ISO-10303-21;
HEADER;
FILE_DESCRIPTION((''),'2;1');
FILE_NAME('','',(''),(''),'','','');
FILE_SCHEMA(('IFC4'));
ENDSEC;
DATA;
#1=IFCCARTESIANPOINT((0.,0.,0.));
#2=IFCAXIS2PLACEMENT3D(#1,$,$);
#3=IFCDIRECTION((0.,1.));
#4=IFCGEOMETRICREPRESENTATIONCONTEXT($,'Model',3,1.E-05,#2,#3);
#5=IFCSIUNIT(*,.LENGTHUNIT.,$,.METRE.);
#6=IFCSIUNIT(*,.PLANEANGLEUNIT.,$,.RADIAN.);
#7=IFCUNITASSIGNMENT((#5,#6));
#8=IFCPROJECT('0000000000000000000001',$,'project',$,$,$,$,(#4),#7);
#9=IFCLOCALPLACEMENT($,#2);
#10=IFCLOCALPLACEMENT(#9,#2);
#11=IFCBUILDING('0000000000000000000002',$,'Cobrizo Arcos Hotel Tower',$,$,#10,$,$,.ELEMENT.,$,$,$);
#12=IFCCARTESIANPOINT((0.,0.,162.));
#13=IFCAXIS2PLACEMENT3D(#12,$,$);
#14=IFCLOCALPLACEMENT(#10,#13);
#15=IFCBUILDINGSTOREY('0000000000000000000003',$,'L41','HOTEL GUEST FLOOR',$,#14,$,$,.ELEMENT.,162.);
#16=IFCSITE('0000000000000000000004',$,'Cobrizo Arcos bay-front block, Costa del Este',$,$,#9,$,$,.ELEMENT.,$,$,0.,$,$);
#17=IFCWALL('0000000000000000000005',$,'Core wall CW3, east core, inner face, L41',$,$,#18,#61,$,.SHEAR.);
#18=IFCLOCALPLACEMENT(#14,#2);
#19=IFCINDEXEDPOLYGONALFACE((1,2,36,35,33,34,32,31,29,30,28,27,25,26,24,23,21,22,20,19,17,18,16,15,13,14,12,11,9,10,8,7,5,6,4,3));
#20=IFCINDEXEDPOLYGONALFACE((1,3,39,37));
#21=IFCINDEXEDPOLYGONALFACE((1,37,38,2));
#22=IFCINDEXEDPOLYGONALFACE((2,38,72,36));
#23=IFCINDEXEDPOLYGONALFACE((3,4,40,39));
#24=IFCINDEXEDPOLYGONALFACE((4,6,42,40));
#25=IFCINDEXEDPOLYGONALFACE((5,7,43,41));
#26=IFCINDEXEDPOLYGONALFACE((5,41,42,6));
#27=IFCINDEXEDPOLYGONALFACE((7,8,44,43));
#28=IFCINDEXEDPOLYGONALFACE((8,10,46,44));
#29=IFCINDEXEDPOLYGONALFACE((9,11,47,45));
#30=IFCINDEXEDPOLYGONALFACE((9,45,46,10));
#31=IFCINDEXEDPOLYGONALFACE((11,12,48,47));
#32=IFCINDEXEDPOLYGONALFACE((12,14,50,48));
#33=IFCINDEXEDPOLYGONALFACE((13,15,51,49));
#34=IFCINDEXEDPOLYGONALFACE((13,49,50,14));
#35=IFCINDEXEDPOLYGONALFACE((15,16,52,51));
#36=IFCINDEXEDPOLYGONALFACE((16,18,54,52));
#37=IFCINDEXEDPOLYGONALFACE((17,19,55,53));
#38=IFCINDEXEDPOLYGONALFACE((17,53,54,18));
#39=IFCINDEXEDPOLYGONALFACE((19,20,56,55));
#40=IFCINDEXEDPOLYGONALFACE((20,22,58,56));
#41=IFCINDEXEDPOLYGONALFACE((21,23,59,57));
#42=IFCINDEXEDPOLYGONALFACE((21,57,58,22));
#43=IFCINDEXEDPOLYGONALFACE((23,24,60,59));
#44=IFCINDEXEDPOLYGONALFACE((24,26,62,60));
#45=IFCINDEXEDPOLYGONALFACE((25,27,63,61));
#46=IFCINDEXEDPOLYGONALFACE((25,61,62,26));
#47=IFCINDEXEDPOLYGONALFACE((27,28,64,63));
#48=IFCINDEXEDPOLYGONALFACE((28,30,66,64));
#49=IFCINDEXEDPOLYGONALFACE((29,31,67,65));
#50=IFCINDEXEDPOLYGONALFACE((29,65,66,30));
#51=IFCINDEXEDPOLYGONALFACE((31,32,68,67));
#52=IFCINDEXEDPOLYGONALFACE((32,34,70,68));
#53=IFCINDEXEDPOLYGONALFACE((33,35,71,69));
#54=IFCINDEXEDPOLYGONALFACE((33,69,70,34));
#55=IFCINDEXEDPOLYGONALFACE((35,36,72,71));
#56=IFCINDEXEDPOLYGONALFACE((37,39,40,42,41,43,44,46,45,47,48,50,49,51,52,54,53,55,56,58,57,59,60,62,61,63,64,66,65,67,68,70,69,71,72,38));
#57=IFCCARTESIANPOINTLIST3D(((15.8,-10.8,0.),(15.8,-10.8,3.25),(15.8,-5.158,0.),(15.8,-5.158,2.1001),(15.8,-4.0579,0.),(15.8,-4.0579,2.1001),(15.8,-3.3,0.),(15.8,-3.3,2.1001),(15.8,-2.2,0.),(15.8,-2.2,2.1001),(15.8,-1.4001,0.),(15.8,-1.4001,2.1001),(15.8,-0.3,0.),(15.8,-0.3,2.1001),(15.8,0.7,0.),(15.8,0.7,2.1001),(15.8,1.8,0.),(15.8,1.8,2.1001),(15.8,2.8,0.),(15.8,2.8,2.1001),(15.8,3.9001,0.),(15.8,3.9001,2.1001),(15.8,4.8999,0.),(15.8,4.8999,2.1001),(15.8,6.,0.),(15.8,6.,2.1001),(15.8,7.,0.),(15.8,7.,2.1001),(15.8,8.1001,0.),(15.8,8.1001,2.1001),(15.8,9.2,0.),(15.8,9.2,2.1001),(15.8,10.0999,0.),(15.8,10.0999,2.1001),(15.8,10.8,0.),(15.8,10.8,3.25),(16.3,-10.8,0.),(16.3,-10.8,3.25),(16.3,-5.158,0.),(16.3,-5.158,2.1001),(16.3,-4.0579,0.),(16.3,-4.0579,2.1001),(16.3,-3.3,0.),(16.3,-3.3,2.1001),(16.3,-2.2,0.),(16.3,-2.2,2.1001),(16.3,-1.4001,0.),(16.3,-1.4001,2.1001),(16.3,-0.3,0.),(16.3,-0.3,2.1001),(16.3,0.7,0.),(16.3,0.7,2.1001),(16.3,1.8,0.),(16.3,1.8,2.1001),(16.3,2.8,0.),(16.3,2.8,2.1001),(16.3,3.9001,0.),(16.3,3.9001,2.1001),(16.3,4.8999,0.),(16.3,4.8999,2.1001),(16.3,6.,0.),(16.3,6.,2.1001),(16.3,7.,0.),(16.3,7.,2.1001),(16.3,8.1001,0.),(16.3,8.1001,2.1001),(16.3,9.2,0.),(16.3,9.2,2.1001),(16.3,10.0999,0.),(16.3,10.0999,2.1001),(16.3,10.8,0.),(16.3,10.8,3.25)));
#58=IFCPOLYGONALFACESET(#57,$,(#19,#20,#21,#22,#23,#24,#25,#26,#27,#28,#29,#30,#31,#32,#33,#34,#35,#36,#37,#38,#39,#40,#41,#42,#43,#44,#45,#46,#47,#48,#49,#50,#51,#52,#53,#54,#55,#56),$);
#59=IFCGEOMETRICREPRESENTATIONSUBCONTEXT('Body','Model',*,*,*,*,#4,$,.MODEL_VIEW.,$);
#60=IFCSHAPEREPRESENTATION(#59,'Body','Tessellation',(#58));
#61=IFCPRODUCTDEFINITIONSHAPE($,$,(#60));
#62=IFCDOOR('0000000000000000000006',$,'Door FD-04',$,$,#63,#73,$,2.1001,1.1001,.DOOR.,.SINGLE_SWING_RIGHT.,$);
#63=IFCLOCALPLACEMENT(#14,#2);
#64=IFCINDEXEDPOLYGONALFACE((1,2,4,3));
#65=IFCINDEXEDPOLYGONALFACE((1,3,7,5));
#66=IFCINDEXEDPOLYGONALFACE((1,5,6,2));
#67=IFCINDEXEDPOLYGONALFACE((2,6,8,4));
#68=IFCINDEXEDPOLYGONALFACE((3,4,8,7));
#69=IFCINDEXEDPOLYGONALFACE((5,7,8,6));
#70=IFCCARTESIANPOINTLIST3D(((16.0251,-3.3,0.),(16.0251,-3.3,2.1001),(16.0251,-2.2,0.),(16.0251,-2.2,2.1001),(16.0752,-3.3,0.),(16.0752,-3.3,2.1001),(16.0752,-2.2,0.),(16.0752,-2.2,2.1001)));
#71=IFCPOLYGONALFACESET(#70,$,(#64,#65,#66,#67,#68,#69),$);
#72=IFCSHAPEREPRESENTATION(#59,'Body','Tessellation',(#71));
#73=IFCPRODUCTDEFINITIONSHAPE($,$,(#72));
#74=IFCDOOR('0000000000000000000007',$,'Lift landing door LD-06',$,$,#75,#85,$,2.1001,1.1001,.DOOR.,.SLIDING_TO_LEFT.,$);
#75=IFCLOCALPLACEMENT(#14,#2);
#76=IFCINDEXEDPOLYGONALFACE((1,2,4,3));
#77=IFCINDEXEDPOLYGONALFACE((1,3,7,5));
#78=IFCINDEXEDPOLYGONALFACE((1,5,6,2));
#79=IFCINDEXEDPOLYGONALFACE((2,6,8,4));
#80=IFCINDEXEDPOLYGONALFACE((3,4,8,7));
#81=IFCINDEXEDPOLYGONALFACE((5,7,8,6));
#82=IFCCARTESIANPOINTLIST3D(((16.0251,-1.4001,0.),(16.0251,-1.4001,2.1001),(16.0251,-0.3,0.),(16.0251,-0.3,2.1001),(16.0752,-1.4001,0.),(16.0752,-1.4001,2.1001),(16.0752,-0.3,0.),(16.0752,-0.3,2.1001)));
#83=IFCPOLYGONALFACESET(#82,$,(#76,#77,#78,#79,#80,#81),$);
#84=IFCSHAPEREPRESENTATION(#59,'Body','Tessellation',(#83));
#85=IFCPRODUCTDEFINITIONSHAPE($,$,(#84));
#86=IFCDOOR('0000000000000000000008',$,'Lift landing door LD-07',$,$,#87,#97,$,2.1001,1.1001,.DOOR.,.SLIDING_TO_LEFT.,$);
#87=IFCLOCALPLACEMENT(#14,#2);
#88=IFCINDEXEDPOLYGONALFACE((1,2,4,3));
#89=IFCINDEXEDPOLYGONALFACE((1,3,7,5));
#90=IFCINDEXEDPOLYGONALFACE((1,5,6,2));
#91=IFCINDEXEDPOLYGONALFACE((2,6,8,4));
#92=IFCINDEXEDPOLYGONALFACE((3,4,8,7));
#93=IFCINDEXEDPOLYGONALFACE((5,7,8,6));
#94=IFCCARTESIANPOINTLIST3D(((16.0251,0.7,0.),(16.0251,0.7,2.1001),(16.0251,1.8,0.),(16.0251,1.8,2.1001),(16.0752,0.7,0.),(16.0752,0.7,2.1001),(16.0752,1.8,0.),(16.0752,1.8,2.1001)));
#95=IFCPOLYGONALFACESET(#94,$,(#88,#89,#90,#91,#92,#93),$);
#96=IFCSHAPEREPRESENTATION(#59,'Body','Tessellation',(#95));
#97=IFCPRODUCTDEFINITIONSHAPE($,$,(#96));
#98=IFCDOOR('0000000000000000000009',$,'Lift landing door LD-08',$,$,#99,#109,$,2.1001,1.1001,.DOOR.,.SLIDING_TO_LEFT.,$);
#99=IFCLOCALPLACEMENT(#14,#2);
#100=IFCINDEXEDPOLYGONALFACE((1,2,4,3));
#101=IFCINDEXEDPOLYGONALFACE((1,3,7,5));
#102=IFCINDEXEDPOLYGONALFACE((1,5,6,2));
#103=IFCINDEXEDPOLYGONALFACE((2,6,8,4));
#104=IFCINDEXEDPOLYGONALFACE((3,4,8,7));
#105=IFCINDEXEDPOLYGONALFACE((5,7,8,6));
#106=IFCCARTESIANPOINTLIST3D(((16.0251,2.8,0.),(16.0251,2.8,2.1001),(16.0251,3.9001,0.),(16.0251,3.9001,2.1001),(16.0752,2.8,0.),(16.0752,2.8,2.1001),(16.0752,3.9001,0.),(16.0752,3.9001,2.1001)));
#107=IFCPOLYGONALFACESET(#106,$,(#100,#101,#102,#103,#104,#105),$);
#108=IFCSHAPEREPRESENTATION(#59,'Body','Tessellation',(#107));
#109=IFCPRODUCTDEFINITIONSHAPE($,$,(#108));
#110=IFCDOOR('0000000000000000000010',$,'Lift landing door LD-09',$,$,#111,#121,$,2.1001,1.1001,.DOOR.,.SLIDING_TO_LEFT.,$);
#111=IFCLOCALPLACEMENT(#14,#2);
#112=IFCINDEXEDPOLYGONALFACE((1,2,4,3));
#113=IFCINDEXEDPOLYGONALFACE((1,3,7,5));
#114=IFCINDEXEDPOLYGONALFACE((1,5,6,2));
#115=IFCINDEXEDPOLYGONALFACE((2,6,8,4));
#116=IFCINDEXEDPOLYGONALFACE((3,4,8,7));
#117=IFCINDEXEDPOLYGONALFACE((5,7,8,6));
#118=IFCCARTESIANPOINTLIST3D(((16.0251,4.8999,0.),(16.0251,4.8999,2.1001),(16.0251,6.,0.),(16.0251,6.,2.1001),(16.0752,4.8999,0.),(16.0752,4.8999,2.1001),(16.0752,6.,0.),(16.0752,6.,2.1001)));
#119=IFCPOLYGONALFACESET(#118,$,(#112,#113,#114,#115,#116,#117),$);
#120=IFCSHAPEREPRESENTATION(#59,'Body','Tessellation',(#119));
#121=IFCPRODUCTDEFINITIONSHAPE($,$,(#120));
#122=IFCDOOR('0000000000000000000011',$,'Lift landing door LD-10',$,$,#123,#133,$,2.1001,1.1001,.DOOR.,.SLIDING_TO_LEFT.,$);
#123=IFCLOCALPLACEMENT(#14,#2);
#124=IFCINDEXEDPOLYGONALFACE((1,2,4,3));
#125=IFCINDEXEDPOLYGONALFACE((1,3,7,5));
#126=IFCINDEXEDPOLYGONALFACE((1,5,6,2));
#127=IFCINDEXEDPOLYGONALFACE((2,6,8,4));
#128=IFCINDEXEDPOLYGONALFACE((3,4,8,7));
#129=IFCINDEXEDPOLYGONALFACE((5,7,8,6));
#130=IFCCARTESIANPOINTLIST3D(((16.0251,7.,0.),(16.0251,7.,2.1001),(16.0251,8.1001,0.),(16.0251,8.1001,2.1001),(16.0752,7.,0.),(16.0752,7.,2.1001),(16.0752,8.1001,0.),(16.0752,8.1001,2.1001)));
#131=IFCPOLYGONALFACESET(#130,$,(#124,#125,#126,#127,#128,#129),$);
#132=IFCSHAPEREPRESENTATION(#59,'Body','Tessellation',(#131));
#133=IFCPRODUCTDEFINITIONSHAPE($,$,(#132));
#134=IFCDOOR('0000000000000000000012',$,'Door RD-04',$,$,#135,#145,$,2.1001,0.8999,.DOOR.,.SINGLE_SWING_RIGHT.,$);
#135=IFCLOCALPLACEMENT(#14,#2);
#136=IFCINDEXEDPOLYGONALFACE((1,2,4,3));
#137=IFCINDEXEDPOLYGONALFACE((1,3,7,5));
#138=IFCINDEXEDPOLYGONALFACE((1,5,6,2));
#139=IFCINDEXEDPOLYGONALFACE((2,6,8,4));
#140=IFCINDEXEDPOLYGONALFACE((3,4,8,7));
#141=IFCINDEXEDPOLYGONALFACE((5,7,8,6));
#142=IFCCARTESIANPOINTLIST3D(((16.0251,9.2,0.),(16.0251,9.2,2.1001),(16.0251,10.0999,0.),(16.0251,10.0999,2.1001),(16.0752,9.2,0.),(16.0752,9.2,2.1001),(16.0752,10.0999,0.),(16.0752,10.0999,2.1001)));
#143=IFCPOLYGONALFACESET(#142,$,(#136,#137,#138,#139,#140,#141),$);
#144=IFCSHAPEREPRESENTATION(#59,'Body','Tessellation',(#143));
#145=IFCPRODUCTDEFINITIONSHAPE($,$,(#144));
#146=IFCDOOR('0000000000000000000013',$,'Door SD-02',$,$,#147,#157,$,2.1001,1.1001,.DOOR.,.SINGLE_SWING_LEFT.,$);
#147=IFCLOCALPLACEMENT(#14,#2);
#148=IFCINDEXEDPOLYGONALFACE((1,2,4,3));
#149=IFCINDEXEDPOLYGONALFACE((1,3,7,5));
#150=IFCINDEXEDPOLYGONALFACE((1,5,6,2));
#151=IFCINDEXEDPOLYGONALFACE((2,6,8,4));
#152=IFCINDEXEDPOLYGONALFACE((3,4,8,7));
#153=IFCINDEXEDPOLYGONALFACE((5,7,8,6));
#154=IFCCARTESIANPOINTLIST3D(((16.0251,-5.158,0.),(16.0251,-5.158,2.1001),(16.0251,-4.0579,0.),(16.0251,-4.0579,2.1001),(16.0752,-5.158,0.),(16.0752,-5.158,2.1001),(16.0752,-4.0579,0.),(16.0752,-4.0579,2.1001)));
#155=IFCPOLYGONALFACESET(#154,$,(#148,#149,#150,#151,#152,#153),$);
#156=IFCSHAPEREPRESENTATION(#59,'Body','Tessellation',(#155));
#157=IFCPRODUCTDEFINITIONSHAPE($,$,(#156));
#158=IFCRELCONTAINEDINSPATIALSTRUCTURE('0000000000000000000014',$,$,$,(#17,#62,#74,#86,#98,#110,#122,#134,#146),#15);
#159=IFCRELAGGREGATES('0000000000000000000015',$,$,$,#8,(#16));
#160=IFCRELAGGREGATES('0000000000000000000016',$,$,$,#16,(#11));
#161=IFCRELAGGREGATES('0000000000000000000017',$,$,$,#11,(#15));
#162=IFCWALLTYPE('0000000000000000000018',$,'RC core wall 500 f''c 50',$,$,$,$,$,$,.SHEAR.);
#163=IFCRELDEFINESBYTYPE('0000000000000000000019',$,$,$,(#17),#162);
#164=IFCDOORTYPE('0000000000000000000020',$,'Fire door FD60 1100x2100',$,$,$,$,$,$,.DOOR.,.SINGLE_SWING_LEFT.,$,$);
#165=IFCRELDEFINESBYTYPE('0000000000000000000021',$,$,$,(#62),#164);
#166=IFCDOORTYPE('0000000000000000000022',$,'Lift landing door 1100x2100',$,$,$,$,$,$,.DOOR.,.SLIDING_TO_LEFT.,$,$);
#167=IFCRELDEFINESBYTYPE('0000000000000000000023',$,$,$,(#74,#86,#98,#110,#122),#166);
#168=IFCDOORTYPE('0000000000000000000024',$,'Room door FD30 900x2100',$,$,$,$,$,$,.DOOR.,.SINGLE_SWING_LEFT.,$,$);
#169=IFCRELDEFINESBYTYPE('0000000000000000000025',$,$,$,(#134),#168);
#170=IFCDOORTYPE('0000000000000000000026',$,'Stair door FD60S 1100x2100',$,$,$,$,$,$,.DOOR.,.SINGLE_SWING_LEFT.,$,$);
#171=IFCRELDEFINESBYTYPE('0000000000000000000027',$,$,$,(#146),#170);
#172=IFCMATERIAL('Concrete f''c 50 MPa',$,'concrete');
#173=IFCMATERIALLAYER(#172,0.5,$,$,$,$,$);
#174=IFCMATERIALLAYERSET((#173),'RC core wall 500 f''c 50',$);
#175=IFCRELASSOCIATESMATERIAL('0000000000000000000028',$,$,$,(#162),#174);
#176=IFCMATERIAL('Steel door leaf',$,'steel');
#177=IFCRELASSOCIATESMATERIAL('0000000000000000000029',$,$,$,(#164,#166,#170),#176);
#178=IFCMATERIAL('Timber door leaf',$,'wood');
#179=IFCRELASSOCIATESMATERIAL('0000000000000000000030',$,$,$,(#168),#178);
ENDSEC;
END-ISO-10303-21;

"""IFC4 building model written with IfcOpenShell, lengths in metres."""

from ifc_helpers import new_model, si_unit, direction, frame, frame_2d, origin, place, context, subcontext, project, spatial, rectangle, extrude, material, layer, layer_set, type_object, element, fill, save


model = new_model("IFC4")

# Units and contexts
model_context = context("Model", 3, precision=1e-05, world=origin(), true_north=direction((0.0, 1.0)))
body_context = subcontext(model_context, "Body", "Model", "MODEL_VIEW")
ifc_project = project(units=[si_unit("LENGTHUNIT", "METRE"), si_unit("PLANEANGLEUNIT", "RADIAN")], contexts=[model_context])

# Site, building, storey
site_placement = place(None, origin())
site = spatial("IfcSite", under=ifc_project, at=site_placement, Name="Cobrizo Arcos bay-front block, Costa del Este", CompositionType="ELEMENT", RefElevation=0.0)
building_placement = place(site_placement, origin())
building = spatial("IfcBuilding", under=site, at=building_placement, Name="Cobrizo Arcos Hotel Tower", CompositionType="ELEMENT")
storey_placement = place(building_placement, frame((0.0, 0.0, 162.0)))
storey = spatial("IfcBuildingStorey", under=building, at=storey_placement, Name="L41", Description="HOTEL GUEST FLOOR", CompositionType="ELEMENT", Elevation=162.0)

# Wall, openings, doors
ifc_material_1 = material(Name="Concrete f'c 50 MPa", Category="concrete")
ifc_layer_1 = layer(ifc_material_1, 0.5)
ifc_layer_set_1 = layer_set([ifc_layer_1], Name="RC core wall 500 f'c 50")
wall_type_1 = type_object("IfcWallType", Name="RC core wall 500 f'c 50", PredefinedType="SHEAR", material=ifc_layer_set_1)
wall_1_placement = place(storey_placement, frame((16.05, -10.8, 0.0), z_axis=(0.0, 0.0, 1.0), x_axis=(0.0, 1.0, 0.0)))
wall_1 = element("IfcWall", 1, at=wall_1_placement, inside=storey, type_object=wall_type_1, Name="Core wall CW3, east core, inner face, L41", PredefinedType="SHEAR", context=body_context, shape_type="SweptSolid", body=[
    extrude(rectangle(XDim=21.6001, YDim=0.5, at=frame_2d((10.8, 0.0))), origin(), (0.0, 0.0, 1.0), 3.25),
])
opening_1_placement = place(wall_1_placement, frame((9.3999, 0.0, 0.0)))
opening_1 = element("IfcOpeningElement", 2, at=opening_1_placement, cuts=wall_1, PredefinedType="OPENING", context=body_context, shape_type="SweptSolid", body=[
    extrude(rectangle(XDim=1.1001, YDim=2.1001, at=frame_2d((0.55, 1.05))), frame((0.0, 0.262, 0.0), z_axis=(0.0, -1.0, 0.0), x_axis=(1.0, 0.0, 0.0)), (0.0, 0.0, 1.0), 0.5239),
])
opening_2_placement = place(wall_1_placement, frame((11.5, 0.0, 0.0)))
opening_2 = element("IfcOpeningElement", 3, at=opening_2_placement, cuts=wall_1, PredefinedType="OPENING", context=body_context, shape_type="SweptSolid", body=[
    extrude(rectangle(XDim=1.1001, YDim=2.1001, at=frame_2d((0.55, 1.05))), frame((0.0, 0.262, 0.0), z_axis=(0.0, -1.0, 0.0), x_axis=(1.0, 0.0, 0.0)), (0.0, 0.0, 1.0), 0.5239),
])
opening_3_placement = place(wall_1_placement, frame((13.6001, 0.0, 0.0)))
opening_3 = element("IfcOpeningElement", 4, at=opening_3_placement, cuts=wall_1, PredefinedType="OPENING", context=body_context, shape_type="SweptSolid", body=[
    extrude(rectangle(XDim=1.1001, YDim=2.1001, at=frame_2d((0.55, 1.05))), frame((0.0, 0.262, 0.0), z_axis=(0.0, -1.0, 0.0), x_axis=(1.0, 0.0, 0.0)), (0.0, 0.0, 1.0), 0.5239),
])
opening_4_placement = place(wall_1_placement, frame((15.7, 0.0, 0.0)))
opening_4 = element("IfcOpeningElement", 5, at=opening_4_placement, cuts=wall_1, PredefinedType="OPENING", context=body_context, shape_type="SweptSolid", body=[
    extrude(rectangle(XDim=1.1001, YDim=2.1001, at=frame_2d((0.55, 1.05))), frame((0.0, 0.262, 0.0), z_axis=(0.0, -1.0, 0.0), x_axis=(1.0, 0.0, 0.0)), (0.0, 0.0, 1.0), 0.5239),
])
opening_5_placement = place(wall_1_placement, frame((17.8, 0.0, 0.0)))
opening_5 = element("IfcOpeningElement", 6, at=opening_5_placement, cuts=wall_1, PredefinedType="OPENING", context=body_context, shape_type="SweptSolid", body=[
    extrude(rectangle(XDim=1.1001, YDim=2.1001, at=frame_2d((0.55, 1.05))), frame((0.0, 0.262, 0.0), z_axis=(0.0, -1.0, 0.0), x_axis=(1.0, 0.0, 0.0)), (0.0, 0.0, 1.0), 0.5239),
])
opening_6_placement = place(wall_1_placement, frame((5.6421, 0.0, 0.0)))
opening_6 = element("IfcOpeningElement", 7, at=opening_6_placement, cuts=wall_1, PredefinedType="OPENING", context=body_context, shape_type="SweptSolid", body=[
    extrude(rectangle(XDim=1.1001, YDim=2.1001, at=frame_2d((0.55, 1.05))), frame((0.0, 0.262, 0.0), z_axis=(0.0, -1.0, 0.0), x_axis=(1.0, 0.0, 0.0)), (0.0, 0.0, 1.0), 0.5239),
])
opening_7_placement = place(wall_1_placement, frame((7.5, 0.0, 0.0)))
opening_7 = element("IfcOpeningElement", 8, at=opening_7_placement, cuts=wall_1, PredefinedType="OPENING", context=body_context, shape_type="SweptSolid", body=[
    extrude(rectangle(XDim=1.1001, YDim=2.1001, at=frame_2d((0.55, 1.05))), frame((0.0, 0.262, 0.0), z_axis=(0.0, -1.0, 0.0), x_axis=(1.0, 0.0, 0.0)), (0.0, 0.0, 1.0), 0.5239),
])
opening_8_placement = place(wall_1_placement, frame((20.0, 0.0, 0.0)))
opening_8 = element("IfcOpeningElement", 9, at=opening_8_placement, cuts=wall_1, PredefinedType="OPENING", context=body_context, shape_type="SweptSolid", body=[
    extrude(rectangle(XDim=0.8999, YDim=2.1001, at=frame_2d((0.45, 1.05))), frame((0.0, 0.262, 0.0), z_axis=(0.0, -1.0, 0.0), x_axis=(1.0, 0.0, 0.0)), (0.0, 0.0, 1.0), 0.5239),
])
ifc_material_2 = material(Name="Steel door leaf", Category="steel")
door_type_1 = type_object("IfcDoorType", Name="Fire door FD60 1100x2100", OperationType="SINGLE_SWING_LEFT", PredefinedType="DOOR", material=ifc_material_2)
door_1_placement = place(opening_7_placement, origin())
door_1 = element("IfcDoor", 10, at=door_1_placement, inside=storey, type_object=door_type_1, Name="Door FD-04", OperationType="SINGLE_SWING_RIGHT", OverallHeight=2.1001, OverallWidth=1.1001, PredefinedType="DOOR", context=body_context, shape_type="SweptSolid", body=[
    extrude(rectangle(XDim=1.1001, YDim=2.1001, at=frame_2d((0.55, 1.05))), frame((0.0, 0.0249, 0.0), z_axis=(0.0, -1.0, 0.0), x_axis=(1.0, 0.0, 0.0)), (0.0, 0.0, 1.0), 0.05),
])
fill(opening_7, door_1)
door_type_2 = type_object("IfcDoorType", Name="Lift landing door 1100x2100", OperationType="SLIDING_TO_LEFT", PredefinedType="DOOR", material=ifc_material_2)
door_2_placement = place(opening_1_placement, origin())
door_2 = element("IfcDoor", 11, at=door_2_placement, inside=storey, type_object=door_type_2, Name="Lift landing door LD-06", OperationType="SLIDING_TO_LEFT", OverallHeight=2.1001, OverallWidth=1.1001, PredefinedType="DOOR", context=body_context, shape_type="SweptSolid", body=[
    extrude(rectangle(XDim=1.1001, YDim=2.1001, at=frame_2d((0.55, 1.05))), frame((0.0, 0.0249, 0.0), z_axis=(0.0, -1.0, 0.0), x_axis=(1.0, 0.0, 0.0)), (0.0, 0.0, 1.0), 0.05),
])
fill(opening_1, door_2)
door_3_placement = place(opening_2_placement, origin())
door_3 = element("IfcDoor", 12, at=door_3_placement, inside=storey, type_object=door_type_2, Name="Lift landing door LD-07", OperationType="SLIDING_TO_LEFT", OverallHeight=2.1001, OverallWidth=1.1001, PredefinedType="DOOR", context=body_context, shape_type="SweptSolid", body=[
    extrude(rectangle(XDim=1.1001, YDim=2.1001, at=frame_2d((0.55, 1.05))), frame((0.0, 0.0249, 0.0), z_axis=(0.0, -1.0, 0.0), x_axis=(1.0, 0.0, 0.0)), (0.0, 0.0, 1.0), 0.05),
])
fill(opening_2, door_3)
door_4_placement = place(opening_3_placement, origin())
door_4 = element("IfcDoor", 13, at=door_4_placement, inside=storey, type_object=door_type_2, Name="Lift landing door LD-08", OperationType="SLIDING_TO_LEFT", OverallHeight=2.1001, OverallWidth=1.1001, PredefinedType="DOOR", context=body_context, shape_type="SweptSolid", body=[
    extrude(rectangle(XDim=1.1001, YDim=2.1001, at=frame_2d((0.55, 1.05))), frame((0.0, 0.0249, 0.0), z_axis=(0.0, -1.0, 0.0), x_axis=(1.0, 0.0, 0.0)), (0.0, 0.0, 1.0), 0.05),
])
fill(opening_3, door_4)
door_5_placement = place(opening_4_placement, origin())
door_5 = element("IfcDoor", 14, at=door_5_placement, inside=storey, type_object=door_type_2, Name="Lift landing door LD-09", OperationType="SLIDING_TO_LEFT", OverallHeight=2.1001, OverallWidth=1.1001, PredefinedType="DOOR", context=body_context, shape_type="SweptSolid", body=[
    extrude(rectangle(XDim=1.1001, YDim=2.1001, at=frame_2d((0.55, 1.05))), frame((0.0, 0.0249, 0.0), z_axis=(0.0, -1.0, 0.0), x_axis=(1.0, 0.0, 0.0)), (0.0, 0.0, 1.0), 0.05),
])
fill(opening_4, door_5)
door_6_placement = place(opening_5_placement, origin())
door_6 = element("IfcDoor", 15, at=door_6_placement, inside=storey, type_object=door_type_2, Name="Lift landing door LD-10", OperationType="SLIDING_TO_LEFT", OverallHeight=2.1001, OverallWidth=1.1001, PredefinedType="DOOR", context=body_context, shape_type="SweptSolid", body=[
    extrude(rectangle(XDim=1.1001, YDim=2.1001, at=frame_2d((0.55, 1.05))), frame((0.0, 0.0249, 0.0), z_axis=(0.0, -1.0, 0.0), x_axis=(1.0, 0.0, 0.0)), (0.0, 0.0, 1.0), 0.05),
])
fill(opening_5, door_6)
ifc_material_3 = material(Name="Timber door leaf", Category="wood")
door_type_3 = type_object("IfcDoorType", Name="Room door FD30 900x2100", OperationType="SINGLE_SWING_LEFT", PredefinedType="DOOR", material=ifc_material_3)
door_7_placement = place(opening_8_placement, origin())
door_7 = element("IfcDoor", 16, at=door_7_placement, inside=storey, type_object=door_type_3, Name="Door RD-04", OperationType="SINGLE_SWING_RIGHT", OverallHeight=2.1001, OverallWidth=0.8999, PredefinedType="DOOR", context=body_context, shape_type="SweptSolid", body=[
    extrude(rectangle(XDim=0.8999, YDim=2.1001, at=frame_2d((0.45, 1.05))), frame((0.0, 0.0249, 0.0), z_axis=(0.0, -1.0, 0.0), x_axis=(1.0, 0.0, 0.0)), (0.0, 0.0, 1.0), 0.05),
])
fill(opening_8, door_7)
door_type_4 = type_object("IfcDoorType", Name="Stair door FD60S 1100x2100", OperationType="SINGLE_SWING_LEFT", PredefinedType="DOOR", material=ifc_material_2)
door_8_placement = place(opening_6_placement, origin())
door_8 = element("IfcDoor", 17, at=door_8_placement, inside=storey, type_object=door_type_4, Name="Door SD-02", OperationType="SINGLE_SWING_LEFT", OverallHeight=2.1001, OverallWidth=1.1001, PredefinedType="DOOR", context=body_context, shape_type="SweptSolid", body=[
    extrude(rectangle(XDim=1.1001, YDim=2.1001, at=frame_2d((0.55, 1.05))), frame((0.0, 0.0249, 0.0), z_axis=(0.0, -1.0, 0.0), x_axis=(1.0, 0.0, 0.0)), (0.0, 0.0, 1.0), 0.05),
])
fill(opening_6, door_8)

save(model, "model.ifc")
